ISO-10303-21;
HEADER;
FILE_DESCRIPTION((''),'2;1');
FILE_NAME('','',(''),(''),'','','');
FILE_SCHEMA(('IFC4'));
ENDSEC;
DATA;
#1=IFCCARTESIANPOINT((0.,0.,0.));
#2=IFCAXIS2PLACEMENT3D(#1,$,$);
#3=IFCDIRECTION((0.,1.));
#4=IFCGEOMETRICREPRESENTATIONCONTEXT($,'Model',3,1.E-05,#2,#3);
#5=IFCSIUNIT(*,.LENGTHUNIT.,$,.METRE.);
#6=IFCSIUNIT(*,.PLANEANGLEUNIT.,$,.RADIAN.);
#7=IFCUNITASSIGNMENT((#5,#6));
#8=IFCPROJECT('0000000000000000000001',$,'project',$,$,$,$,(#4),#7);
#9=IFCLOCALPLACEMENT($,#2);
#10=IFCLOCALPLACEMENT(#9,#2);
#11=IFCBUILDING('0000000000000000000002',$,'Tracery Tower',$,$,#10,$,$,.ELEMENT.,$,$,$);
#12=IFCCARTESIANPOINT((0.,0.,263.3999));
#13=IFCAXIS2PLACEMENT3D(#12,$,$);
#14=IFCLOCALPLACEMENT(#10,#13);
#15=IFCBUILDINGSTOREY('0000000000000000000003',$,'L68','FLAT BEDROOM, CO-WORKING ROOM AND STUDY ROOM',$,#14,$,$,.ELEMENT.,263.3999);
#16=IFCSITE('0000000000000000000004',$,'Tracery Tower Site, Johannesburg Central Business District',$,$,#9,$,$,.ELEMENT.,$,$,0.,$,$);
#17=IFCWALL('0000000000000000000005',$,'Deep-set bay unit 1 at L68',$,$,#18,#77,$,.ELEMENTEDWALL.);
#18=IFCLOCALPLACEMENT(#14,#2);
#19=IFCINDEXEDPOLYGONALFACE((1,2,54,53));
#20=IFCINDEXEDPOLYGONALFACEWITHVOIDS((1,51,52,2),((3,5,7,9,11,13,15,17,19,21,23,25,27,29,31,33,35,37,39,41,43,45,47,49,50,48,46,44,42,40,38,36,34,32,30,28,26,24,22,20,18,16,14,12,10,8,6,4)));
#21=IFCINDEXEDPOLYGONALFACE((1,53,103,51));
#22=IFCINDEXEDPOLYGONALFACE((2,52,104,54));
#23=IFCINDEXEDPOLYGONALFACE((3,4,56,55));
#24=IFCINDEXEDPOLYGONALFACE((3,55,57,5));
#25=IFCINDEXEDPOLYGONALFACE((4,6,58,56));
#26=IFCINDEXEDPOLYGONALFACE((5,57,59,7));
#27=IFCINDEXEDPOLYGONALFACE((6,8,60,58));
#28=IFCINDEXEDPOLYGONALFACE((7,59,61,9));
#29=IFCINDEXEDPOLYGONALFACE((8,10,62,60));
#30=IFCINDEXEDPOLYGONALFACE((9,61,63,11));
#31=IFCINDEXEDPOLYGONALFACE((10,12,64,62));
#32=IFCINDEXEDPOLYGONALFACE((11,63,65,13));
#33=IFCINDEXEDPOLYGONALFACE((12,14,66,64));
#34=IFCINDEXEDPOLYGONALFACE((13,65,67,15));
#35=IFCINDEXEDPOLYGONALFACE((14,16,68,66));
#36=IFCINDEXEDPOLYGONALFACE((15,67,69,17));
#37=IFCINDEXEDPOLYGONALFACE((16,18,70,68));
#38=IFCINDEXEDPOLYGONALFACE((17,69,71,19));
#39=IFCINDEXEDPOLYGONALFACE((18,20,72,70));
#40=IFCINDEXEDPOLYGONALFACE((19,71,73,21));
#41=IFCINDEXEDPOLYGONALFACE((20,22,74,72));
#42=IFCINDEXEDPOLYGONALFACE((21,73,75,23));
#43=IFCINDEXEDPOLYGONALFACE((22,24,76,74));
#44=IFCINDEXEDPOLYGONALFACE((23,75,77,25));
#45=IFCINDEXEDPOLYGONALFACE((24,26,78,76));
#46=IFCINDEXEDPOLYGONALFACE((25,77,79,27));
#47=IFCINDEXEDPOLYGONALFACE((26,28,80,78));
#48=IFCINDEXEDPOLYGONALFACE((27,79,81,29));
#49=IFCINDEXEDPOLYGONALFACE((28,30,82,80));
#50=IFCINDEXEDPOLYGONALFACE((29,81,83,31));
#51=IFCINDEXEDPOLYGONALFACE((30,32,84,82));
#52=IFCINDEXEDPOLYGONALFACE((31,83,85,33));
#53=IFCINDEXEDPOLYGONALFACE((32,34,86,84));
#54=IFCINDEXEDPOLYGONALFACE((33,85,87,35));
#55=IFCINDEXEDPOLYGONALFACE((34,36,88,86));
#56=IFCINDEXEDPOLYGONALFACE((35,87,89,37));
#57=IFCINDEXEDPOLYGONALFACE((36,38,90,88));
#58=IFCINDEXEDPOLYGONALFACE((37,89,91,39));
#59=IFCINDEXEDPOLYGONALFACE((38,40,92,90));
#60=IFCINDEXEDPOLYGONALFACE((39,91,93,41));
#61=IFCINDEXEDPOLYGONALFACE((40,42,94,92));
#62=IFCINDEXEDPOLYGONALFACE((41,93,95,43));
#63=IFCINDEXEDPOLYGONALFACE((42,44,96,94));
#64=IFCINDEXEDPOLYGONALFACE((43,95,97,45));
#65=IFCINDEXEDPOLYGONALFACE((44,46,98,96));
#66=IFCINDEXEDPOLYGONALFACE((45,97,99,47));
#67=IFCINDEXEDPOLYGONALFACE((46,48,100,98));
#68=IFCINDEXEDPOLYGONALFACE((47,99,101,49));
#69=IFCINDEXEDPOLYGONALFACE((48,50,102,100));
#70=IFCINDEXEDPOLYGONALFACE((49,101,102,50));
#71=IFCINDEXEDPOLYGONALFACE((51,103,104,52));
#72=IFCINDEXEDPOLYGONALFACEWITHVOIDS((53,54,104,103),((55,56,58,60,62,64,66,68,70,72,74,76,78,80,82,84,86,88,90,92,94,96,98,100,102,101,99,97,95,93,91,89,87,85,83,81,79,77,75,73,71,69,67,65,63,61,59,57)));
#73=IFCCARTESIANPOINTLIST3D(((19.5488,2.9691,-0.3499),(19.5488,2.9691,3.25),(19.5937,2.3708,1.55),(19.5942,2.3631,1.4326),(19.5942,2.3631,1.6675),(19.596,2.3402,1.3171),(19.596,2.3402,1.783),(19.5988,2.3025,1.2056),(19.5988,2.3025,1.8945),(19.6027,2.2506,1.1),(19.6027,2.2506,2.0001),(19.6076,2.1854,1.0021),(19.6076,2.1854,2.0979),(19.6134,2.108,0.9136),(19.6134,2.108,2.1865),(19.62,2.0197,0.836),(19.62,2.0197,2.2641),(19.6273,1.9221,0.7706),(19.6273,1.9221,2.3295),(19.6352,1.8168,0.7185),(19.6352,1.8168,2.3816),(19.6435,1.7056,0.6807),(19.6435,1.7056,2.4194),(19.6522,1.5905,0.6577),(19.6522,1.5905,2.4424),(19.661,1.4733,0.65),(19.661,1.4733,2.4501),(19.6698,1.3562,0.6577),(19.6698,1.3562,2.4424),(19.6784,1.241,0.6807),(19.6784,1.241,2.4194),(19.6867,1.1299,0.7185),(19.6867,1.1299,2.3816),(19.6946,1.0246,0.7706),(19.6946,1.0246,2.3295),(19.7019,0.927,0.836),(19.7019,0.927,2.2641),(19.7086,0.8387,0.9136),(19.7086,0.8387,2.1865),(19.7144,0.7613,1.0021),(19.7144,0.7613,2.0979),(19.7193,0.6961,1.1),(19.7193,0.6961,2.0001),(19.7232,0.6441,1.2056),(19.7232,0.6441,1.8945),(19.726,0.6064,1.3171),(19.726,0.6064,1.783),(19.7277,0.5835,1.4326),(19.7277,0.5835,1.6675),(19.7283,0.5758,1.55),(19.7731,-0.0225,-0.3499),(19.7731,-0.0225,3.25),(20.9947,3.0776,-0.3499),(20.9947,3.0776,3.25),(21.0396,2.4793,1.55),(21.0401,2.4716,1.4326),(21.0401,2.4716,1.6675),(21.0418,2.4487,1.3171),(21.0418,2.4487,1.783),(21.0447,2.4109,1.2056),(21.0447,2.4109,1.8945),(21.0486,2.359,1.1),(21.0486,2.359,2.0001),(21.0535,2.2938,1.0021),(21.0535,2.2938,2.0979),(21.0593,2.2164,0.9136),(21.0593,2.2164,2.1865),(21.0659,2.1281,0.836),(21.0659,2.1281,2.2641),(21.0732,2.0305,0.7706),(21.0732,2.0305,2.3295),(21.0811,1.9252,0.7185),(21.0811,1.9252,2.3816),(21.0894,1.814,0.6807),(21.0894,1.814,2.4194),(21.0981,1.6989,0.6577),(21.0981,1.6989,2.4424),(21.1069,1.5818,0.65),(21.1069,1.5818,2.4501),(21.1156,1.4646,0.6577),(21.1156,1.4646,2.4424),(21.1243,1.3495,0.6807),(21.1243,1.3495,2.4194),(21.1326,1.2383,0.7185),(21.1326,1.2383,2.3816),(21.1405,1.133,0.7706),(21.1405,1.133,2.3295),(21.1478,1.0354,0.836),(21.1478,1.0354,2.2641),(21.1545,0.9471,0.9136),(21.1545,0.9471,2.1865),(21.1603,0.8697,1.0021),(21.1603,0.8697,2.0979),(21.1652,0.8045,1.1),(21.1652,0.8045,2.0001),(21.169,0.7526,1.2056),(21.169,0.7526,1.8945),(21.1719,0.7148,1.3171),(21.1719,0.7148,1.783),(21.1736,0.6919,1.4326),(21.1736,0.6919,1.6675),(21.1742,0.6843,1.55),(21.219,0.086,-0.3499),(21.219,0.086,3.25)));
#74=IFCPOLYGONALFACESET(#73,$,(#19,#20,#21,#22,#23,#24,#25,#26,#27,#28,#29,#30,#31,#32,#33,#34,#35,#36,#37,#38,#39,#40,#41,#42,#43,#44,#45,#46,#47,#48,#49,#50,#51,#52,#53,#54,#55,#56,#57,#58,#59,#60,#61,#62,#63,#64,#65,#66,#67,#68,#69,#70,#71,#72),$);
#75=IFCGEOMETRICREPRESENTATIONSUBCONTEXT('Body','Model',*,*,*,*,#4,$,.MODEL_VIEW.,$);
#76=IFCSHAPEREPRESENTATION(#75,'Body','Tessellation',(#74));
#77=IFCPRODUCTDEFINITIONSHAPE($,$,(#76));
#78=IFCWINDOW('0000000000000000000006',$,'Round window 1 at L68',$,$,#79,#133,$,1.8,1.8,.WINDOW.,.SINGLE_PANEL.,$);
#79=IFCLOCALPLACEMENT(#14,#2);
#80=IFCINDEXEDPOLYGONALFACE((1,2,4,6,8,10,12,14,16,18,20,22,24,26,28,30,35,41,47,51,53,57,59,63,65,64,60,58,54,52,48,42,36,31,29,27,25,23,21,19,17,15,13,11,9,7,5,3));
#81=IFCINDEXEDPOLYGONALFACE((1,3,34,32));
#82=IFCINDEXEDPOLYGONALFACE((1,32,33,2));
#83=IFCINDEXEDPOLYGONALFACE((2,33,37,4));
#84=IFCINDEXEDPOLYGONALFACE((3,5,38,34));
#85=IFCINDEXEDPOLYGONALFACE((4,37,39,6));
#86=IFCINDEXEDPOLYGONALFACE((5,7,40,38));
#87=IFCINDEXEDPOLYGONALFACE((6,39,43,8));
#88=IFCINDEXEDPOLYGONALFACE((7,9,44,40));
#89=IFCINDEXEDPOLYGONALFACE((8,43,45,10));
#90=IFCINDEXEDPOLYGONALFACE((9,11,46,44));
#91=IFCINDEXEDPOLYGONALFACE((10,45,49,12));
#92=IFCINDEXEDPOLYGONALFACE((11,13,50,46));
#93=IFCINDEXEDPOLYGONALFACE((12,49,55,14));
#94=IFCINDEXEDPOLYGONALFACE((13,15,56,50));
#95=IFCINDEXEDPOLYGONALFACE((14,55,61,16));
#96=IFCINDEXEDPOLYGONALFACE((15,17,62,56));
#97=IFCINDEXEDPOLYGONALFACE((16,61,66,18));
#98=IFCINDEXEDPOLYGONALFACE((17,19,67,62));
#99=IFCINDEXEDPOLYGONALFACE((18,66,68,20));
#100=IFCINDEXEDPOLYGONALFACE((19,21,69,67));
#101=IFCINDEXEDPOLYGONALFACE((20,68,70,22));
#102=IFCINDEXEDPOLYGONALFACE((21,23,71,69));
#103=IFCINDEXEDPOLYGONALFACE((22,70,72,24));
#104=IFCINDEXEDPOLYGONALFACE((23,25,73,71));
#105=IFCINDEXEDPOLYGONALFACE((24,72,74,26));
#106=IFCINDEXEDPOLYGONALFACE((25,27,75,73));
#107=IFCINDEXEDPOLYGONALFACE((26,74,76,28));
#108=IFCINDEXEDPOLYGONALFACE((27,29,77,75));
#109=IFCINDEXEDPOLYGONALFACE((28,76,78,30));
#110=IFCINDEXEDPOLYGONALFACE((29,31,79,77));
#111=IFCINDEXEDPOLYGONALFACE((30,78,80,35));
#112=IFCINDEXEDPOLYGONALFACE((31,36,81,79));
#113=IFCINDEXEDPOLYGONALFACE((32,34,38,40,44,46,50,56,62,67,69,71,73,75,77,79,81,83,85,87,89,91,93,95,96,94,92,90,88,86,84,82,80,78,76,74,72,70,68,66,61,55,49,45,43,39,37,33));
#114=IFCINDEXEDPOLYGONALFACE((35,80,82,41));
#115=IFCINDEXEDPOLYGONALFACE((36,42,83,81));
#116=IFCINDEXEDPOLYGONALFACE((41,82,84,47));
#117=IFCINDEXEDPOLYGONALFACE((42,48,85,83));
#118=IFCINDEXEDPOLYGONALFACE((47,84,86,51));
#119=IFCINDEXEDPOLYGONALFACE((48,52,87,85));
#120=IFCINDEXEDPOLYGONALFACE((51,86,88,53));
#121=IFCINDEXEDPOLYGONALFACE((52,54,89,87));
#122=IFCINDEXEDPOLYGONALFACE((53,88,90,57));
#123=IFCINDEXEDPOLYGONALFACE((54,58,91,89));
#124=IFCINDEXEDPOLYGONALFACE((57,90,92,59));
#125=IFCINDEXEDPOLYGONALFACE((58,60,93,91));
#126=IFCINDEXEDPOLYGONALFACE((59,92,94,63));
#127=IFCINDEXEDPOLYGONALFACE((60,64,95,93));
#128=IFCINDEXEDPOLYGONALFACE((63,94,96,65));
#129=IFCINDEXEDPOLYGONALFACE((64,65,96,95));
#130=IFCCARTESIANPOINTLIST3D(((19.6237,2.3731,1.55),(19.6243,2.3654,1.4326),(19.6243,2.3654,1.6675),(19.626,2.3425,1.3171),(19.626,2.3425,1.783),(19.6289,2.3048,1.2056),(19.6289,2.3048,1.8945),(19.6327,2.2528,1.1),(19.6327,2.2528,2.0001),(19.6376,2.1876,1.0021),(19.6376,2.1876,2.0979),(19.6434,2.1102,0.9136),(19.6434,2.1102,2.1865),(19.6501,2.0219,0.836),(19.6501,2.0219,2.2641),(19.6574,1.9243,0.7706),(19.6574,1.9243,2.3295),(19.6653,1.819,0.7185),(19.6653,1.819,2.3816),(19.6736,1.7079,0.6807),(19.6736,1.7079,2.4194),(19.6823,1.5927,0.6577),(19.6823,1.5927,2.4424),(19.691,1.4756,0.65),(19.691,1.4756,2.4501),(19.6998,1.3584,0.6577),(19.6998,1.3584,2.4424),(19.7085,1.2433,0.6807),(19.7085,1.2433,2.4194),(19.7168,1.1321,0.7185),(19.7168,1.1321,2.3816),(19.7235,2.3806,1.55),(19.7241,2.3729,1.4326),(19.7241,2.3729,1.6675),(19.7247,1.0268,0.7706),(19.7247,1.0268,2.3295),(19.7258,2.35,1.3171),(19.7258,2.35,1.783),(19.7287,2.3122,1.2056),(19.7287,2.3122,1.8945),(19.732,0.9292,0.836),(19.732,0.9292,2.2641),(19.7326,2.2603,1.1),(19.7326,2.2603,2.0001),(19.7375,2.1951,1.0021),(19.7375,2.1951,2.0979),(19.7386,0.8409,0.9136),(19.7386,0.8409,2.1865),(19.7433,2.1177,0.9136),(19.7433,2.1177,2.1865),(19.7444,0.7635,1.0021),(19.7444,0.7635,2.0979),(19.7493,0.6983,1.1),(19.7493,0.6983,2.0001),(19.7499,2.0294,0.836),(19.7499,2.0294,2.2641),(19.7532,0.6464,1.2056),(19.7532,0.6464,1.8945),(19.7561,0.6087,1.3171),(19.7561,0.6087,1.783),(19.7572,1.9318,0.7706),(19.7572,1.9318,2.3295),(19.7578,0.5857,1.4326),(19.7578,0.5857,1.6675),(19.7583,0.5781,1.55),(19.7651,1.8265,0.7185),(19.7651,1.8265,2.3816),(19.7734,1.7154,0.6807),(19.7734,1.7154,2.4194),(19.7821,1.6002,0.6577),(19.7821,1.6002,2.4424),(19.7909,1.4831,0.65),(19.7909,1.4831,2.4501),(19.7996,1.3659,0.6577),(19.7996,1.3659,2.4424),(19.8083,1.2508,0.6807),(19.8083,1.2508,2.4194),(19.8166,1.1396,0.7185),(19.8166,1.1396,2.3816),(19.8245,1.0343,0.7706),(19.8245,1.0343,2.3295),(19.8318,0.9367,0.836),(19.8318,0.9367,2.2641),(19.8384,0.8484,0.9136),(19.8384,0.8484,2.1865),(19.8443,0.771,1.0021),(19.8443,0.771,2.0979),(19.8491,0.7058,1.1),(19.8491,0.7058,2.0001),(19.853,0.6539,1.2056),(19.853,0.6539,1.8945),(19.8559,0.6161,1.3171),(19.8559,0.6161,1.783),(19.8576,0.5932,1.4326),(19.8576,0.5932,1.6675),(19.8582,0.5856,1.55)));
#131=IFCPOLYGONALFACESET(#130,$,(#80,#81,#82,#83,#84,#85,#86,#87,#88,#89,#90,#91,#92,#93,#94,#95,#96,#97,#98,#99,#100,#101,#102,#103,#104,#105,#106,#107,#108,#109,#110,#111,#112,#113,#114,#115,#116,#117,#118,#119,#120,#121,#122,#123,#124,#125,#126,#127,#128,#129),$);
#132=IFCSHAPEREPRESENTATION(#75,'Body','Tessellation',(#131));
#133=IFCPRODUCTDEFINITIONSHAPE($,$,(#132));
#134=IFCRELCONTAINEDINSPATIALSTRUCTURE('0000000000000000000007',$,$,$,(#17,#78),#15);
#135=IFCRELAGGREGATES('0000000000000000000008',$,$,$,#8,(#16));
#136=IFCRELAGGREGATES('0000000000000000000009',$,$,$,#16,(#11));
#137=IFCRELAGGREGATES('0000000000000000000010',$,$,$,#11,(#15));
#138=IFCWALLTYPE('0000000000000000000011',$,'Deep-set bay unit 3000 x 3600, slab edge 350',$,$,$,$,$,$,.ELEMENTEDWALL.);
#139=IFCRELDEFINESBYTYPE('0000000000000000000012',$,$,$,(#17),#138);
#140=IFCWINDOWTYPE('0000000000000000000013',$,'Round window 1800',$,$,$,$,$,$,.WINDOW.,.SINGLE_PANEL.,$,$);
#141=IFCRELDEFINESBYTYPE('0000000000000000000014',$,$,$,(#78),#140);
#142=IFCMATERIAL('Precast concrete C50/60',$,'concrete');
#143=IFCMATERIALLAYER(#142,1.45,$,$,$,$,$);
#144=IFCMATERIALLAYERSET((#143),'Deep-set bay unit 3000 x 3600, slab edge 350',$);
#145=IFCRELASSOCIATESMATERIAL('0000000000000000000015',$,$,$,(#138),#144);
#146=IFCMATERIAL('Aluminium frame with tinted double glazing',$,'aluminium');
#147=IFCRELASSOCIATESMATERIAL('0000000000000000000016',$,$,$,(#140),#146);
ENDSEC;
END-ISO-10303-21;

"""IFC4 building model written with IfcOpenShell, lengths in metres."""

from ifc_helpers import new_model, si_unit, direction, frame, frame_2d, origin, origin_2d, place, context, subcontext, project, spatial, rectangle, circle, extrude, material, layer, layer_set, type_object, element, fill, save


model = new_model("IFC4")

# Units and contexts
model_context = context("Model", 3, precision=1e-05, world=origin(), true_north=direction((0.0, 1.0)))
body_context = subcontext(model_context, "Body", "Model", "MODEL_VIEW")
ifc_project = project(units=[si_unit("LENGTHUNIT", "METRE"), si_unit("PLANEANGLEUNIT", "RADIAN")], contexts=[model_context])

# Site, building, storey
site_placement = place(None, origin())
site = spatial("IfcSite", under=ifc_project, at=site_placement, Name="Tracery Tower Site, Johannesburg Central Business District", CompositionType="ELEMENT", RefElevation=0.0)
building_placement = place(site_placement, origin())
building = spatial("IfcBuilding", under=site, at=building_placement, Name="Tracery Tower", CompositionType="ELEMENT")
storey_placement = place(building_placement, frame((0.0, 0.0, 263.3999)))
storey = spatial("IfcBuildingStorey", under=building, at=storey_placement, Name="L68", Description="FLAT BEDROOM, CO-WORKING ROOM AND STUDY ROOM", CompositionType="ELEMENT", Elevation=263.3999)

# Wall, opening, window
ifc_material_1 = material(Name="Precast concrete C50/60", Category="concrete")
ifc_layer_1 = layer(ifc_material_1, 1.45)
ifc_layer_set_1 = layer_set([ifc_layer_1], Name="Deep-set bay unit 3000 x 3600, slab edge 350")
wall_type_1 = type_object("IfcWallType", Name="Deep-set bay unit 3000 x 3600, slab edge 350", PredefinedType="ELEMENTEDWALL", material=ifc_layer_set_1)
wall_1_placement = place(storey_placement, frame((20.4961, 0.0317, -0.3499), z_axis=(0.0, 0.0, 1.0), x_axis=(-0.074786, 0.9972, 0.0)))
wall_1 = element("IfcWall", 1, at=wall_1_placement, inside=storey, type_object=wall_type_1, Name="Deep-set bay unit 1 at L68", PredefinedType="ELEMENTEDWALL", context=body_context, shape_type="SweptSolid", body=[
    extrude(rectangle(XDim=3.0, YDim=1.45, at=frame_2d((1.5, 0.0))), origin(), (0.0, 0.0, 1.0), 3.5999),
])
opening_1_placement = place(wall_1_placement, frame((1.5, 0.0, 1.8999)))
opening_1 = element("IfcOpeningElement", 2, at=opening_1_placement, cuts=wall_1, PredefinedType="OPENING", context=body_context, shape_type="SweptSolid", body=[
    extrude(circle(Radius=0.9, at=origin_2d()), frame((0.0, 0.7349, 0.0), z_axis=(0.0, -1.0, 0.0), x_axis=(1.0, 0.0, 0.0)), (0.0, 0.0, 1.0), 1.47),
])
ifc_material_2 = material(Name="Aluminium frame with tinted double glazing", Category="aluminium")
window_type = type_object("IfcWindowType", Name="Round window 1800", PartitioningType="SINGLE_PANEL", PredefinedType="WINDOW", material=ifc_material_2)
window_1_placement = place(opening_1_placement, origin())
window_1 = element("IfcWindow", 3, at=window_1_placement, inside=storey, type_object=window_type, Name="Round window 1 at L68", OverallHeight=1.8, OverallWidth=1.8, PartitioningType="SINGLE_PANEL", PredefinedType="WINDOW", context=body_context, shape_type="SweptSolid", body=[
    extrude(circle(Radius=0.9, at=origin_2d()), frame((0.0, 0.6948, 0.0), z_axis=(0.0, -1.0, 0.0), x_axis=(1.0, 0.0, 0.0)), (0.0, 0.0, 1.0), 0.1001),
])
fill(opening_1, window_1)

save(model, "model.ifc")
